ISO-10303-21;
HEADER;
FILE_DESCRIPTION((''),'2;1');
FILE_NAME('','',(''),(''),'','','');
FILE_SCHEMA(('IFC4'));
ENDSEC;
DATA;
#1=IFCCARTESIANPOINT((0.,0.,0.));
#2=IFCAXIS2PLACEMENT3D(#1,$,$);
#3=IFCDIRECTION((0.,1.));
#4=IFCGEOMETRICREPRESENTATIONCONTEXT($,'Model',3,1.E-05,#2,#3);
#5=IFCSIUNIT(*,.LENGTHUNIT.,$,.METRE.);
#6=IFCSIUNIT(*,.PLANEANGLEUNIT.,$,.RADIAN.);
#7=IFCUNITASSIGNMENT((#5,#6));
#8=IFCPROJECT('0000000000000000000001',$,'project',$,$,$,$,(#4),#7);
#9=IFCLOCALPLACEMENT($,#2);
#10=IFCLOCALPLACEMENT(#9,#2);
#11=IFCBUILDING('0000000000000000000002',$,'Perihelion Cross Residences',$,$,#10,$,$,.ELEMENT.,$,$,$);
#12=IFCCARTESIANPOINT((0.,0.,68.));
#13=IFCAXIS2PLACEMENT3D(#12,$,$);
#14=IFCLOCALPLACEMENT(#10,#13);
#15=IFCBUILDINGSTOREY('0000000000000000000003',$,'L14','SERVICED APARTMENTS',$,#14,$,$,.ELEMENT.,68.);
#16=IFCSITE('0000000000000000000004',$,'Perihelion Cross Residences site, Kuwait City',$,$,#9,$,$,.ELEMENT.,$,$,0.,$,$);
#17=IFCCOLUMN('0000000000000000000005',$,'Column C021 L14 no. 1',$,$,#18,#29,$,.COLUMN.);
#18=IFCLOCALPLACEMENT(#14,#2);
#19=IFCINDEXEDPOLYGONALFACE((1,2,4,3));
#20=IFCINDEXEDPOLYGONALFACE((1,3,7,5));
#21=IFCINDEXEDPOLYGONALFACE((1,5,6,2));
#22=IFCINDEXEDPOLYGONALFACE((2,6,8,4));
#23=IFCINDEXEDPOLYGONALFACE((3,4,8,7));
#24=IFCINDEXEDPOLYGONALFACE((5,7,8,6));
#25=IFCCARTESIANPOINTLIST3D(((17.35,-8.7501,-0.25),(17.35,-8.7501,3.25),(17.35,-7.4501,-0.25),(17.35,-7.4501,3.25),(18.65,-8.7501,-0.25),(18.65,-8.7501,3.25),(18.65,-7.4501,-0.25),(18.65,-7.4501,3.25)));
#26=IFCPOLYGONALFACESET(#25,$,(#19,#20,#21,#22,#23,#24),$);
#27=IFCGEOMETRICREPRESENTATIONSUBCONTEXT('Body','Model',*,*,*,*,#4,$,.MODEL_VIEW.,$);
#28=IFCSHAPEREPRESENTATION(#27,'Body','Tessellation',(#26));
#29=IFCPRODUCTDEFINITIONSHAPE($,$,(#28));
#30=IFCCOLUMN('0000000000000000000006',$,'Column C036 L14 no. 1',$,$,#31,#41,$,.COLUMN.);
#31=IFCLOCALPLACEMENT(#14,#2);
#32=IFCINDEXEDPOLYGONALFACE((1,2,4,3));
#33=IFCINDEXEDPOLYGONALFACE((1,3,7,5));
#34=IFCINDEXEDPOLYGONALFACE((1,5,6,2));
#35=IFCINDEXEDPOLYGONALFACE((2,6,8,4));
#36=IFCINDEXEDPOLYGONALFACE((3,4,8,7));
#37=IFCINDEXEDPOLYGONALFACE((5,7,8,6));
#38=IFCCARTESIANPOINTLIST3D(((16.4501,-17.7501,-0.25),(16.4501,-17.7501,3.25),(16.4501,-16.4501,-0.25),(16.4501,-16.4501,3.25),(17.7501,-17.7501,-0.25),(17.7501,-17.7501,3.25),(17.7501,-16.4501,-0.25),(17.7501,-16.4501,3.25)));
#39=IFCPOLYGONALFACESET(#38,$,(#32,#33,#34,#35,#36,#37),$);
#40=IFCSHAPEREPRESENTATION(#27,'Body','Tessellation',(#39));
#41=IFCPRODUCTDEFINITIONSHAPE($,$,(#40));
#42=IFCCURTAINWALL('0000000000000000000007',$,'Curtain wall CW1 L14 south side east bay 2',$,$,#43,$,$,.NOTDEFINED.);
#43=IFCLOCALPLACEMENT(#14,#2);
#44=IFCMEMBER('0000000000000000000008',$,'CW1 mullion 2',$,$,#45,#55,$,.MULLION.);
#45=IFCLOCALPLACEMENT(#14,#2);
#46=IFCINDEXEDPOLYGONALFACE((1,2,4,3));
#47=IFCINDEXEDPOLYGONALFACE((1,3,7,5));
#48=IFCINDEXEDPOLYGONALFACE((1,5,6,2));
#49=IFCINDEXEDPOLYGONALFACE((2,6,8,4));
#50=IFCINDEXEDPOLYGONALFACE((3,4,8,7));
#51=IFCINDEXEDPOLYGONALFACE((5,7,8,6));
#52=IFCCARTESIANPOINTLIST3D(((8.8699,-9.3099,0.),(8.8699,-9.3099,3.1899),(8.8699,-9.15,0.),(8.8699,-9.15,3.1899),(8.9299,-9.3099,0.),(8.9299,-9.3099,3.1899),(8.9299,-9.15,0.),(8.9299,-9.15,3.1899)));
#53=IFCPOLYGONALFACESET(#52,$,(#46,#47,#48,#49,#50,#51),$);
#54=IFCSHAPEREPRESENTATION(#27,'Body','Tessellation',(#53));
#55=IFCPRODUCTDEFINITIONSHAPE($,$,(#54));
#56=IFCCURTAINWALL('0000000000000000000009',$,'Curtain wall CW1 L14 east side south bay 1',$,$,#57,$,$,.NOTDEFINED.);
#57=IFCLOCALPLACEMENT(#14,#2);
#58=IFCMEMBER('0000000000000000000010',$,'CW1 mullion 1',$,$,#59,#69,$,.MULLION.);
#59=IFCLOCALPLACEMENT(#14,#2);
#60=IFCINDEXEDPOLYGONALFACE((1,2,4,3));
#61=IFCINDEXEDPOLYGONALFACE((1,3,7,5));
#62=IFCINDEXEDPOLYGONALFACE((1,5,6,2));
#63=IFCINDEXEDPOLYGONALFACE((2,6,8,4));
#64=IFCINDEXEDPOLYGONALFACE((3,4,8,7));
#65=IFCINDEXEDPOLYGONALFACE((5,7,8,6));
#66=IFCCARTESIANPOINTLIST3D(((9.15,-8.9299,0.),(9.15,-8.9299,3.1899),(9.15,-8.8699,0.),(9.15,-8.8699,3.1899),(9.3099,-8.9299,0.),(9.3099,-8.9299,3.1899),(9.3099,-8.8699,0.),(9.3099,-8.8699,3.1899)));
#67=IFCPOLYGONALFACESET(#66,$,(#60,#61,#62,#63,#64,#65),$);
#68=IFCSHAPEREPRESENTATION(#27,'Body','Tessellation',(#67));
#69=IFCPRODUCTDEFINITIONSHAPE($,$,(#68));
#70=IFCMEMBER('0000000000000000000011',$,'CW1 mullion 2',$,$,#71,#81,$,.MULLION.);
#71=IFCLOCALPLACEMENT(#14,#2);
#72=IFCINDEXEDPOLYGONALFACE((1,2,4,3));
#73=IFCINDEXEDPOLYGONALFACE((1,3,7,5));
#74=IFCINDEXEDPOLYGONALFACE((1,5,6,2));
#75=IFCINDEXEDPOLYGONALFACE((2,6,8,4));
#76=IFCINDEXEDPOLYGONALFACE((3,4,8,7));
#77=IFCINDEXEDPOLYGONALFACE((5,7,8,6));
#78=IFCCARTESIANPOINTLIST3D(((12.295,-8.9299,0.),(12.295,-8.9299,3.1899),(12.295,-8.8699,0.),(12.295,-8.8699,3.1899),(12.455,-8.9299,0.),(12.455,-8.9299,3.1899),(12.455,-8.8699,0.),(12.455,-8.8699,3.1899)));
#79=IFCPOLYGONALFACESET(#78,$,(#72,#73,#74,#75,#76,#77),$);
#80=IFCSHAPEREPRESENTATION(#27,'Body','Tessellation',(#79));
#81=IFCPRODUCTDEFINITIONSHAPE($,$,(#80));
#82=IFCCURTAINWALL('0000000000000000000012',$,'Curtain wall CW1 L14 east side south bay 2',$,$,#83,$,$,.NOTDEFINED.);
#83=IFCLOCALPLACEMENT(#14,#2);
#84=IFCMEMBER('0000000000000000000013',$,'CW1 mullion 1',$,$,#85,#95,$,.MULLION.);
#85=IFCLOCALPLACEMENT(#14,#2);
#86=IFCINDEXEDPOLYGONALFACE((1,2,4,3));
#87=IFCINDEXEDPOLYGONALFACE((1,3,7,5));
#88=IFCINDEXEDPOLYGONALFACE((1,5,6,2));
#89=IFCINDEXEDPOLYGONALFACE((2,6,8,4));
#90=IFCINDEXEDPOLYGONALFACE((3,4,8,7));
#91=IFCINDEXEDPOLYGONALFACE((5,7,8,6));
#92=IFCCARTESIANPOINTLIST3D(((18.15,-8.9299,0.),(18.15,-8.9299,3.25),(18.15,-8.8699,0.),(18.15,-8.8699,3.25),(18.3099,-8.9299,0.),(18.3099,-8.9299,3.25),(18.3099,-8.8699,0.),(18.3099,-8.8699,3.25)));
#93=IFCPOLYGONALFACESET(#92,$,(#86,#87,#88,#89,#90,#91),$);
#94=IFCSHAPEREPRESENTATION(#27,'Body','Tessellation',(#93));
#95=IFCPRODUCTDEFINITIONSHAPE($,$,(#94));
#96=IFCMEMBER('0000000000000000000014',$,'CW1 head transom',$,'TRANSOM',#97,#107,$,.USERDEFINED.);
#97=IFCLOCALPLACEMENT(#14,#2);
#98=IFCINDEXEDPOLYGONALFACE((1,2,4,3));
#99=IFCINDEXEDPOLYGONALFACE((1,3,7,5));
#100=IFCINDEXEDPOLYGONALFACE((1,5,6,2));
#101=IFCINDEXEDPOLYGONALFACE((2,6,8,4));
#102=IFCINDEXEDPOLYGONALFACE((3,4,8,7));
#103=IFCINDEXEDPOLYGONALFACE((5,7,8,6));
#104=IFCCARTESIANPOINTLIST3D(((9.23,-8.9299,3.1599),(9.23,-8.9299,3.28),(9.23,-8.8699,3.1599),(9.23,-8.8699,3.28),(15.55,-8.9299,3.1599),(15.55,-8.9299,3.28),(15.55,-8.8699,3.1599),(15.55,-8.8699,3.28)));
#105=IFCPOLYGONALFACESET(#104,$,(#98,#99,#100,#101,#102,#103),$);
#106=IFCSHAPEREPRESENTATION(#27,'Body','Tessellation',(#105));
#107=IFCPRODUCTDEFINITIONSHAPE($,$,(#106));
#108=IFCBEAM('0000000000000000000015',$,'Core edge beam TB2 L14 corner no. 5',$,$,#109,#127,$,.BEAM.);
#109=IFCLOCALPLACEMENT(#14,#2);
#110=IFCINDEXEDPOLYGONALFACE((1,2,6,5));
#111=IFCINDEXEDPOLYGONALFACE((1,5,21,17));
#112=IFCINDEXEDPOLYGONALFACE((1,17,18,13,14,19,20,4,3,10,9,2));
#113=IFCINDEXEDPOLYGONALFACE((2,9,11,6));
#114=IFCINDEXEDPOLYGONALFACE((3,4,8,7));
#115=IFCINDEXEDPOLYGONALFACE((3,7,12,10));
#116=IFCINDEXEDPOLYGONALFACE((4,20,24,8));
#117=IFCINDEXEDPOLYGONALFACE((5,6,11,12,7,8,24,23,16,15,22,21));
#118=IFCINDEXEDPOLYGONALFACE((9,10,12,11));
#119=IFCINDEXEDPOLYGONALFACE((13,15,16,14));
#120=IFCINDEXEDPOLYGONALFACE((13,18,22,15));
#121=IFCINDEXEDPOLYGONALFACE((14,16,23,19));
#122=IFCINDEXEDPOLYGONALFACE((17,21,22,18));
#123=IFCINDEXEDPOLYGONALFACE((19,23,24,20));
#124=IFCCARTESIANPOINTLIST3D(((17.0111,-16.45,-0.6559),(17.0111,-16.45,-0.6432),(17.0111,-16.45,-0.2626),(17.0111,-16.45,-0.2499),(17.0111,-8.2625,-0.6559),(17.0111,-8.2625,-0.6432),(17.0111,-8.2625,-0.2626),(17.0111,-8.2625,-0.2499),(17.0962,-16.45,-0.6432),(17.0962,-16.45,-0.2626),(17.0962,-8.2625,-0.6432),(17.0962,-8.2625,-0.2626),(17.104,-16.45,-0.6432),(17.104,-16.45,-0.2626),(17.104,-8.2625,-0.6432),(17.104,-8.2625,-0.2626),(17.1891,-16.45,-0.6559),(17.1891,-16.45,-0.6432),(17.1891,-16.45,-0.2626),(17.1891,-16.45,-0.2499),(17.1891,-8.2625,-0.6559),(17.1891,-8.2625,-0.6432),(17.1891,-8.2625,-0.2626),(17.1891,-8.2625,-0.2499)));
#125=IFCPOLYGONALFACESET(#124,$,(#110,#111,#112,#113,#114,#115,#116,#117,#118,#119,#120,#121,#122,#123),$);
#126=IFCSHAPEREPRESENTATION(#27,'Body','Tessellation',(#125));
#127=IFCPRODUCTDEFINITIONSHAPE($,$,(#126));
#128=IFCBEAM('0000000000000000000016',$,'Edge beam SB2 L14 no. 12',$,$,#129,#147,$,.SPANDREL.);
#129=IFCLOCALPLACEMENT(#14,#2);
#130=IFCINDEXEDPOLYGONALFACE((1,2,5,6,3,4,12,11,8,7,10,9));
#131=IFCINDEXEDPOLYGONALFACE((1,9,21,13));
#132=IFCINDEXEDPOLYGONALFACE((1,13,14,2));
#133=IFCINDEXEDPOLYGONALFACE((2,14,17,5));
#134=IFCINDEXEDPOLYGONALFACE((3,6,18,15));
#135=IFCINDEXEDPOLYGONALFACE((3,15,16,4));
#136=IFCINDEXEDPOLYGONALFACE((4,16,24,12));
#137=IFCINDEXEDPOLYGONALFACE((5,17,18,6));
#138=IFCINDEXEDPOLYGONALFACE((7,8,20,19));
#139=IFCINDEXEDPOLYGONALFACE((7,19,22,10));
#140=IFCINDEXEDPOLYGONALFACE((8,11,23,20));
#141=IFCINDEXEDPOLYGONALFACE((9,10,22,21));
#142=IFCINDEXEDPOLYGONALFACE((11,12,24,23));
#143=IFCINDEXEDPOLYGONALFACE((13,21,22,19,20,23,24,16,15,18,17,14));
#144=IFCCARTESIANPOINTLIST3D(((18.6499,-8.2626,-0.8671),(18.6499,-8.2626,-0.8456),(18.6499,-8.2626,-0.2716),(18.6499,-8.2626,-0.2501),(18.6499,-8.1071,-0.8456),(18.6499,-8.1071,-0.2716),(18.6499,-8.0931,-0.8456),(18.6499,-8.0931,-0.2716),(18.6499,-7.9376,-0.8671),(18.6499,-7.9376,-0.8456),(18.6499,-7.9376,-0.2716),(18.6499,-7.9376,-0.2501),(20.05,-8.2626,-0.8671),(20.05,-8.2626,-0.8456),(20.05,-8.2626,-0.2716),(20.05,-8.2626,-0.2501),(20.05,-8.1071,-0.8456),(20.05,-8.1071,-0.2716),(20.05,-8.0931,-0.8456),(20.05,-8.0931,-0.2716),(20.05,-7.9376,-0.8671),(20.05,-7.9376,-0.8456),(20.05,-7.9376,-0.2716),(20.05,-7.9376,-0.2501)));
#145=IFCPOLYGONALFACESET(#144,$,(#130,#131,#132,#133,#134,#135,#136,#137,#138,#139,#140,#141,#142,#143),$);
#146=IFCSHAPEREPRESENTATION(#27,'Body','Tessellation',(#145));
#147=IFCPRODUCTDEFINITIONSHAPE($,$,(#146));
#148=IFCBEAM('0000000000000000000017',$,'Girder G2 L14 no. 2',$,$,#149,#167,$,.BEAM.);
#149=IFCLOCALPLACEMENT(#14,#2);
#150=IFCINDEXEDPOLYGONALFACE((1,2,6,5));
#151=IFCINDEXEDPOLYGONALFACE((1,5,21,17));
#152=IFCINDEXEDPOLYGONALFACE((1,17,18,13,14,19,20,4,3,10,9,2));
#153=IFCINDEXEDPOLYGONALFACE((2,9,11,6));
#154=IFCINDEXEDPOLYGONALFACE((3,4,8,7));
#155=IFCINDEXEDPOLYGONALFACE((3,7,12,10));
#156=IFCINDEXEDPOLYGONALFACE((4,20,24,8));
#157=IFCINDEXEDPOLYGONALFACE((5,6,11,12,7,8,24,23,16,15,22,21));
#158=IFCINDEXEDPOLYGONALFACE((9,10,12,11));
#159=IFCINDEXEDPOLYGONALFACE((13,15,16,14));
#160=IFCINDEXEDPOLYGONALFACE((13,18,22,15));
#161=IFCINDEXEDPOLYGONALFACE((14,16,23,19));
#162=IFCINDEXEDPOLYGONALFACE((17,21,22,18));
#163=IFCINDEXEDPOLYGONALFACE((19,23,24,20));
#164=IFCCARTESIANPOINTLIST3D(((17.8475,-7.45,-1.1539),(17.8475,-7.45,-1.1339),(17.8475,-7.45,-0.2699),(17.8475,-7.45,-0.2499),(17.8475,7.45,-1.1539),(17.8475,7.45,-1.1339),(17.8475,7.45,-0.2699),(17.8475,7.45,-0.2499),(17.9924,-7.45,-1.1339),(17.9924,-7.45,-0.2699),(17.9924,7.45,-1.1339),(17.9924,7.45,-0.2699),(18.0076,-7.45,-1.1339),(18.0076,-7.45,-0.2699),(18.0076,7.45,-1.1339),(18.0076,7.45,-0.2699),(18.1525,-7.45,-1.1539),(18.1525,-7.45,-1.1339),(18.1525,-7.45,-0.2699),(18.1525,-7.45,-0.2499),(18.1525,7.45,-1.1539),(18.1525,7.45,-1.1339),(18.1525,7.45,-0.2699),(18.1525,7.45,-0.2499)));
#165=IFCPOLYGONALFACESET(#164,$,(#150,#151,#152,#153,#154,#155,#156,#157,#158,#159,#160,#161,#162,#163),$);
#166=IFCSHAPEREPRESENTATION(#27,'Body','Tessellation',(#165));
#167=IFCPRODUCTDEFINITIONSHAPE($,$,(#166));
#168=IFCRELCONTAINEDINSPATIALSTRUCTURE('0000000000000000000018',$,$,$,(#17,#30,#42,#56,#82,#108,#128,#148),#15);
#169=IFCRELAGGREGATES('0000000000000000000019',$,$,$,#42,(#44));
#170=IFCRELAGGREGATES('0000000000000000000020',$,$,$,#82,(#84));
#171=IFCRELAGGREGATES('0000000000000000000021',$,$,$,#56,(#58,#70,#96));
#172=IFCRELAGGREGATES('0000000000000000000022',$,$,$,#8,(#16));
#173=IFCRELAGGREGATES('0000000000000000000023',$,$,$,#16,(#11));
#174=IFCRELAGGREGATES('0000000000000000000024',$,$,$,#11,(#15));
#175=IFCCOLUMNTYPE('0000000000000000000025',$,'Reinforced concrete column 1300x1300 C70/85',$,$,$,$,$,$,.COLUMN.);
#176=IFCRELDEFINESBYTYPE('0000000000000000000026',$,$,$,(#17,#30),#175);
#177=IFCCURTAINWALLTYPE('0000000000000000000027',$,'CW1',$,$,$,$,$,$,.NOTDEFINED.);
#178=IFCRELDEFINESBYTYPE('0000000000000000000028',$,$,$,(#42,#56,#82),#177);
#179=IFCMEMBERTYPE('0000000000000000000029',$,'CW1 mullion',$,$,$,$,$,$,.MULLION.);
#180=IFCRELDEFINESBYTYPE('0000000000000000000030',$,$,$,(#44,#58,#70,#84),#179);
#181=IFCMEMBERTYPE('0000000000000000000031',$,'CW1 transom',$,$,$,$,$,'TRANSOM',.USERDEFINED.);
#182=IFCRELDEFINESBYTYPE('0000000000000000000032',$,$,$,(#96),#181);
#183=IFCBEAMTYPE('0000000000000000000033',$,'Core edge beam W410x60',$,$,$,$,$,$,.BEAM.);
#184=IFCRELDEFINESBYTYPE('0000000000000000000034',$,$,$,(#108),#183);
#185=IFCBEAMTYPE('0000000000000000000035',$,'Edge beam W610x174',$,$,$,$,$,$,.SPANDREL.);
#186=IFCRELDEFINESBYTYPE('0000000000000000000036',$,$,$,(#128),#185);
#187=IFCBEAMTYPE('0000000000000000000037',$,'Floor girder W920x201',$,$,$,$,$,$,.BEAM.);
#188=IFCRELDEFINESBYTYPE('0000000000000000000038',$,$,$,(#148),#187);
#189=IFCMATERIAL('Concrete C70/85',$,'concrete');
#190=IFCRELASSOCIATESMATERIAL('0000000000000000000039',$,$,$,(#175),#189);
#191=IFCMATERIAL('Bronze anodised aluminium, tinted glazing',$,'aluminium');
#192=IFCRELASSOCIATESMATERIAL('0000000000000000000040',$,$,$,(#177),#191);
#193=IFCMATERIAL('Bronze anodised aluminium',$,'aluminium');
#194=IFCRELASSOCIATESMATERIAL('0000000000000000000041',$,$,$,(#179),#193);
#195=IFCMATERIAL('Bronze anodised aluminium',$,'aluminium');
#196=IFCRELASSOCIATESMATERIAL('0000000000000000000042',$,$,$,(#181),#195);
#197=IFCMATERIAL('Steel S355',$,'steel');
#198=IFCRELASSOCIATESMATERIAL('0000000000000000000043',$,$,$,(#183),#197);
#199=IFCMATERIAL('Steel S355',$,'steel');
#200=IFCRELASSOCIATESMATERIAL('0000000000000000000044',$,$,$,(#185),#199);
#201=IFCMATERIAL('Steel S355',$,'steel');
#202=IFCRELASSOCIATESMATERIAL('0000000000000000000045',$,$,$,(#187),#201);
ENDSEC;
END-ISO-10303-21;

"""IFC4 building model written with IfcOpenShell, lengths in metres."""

from ifc_helpers import new_model, si_unit, direction, frame, origin, origin_2d, place, context, subcontext, project, spatial, rectangle, i_section, extrude, material, material_profile, profile_set, type_object, element, aggregate, save


model = new_model("IFC4")

# Units and contexts
model_context = context("Model", 3, precision=1e-05, world=origin(), true_north=direction((0.0, 1.0)))
body_context = subcontext(model_context, "Body", "Model", "MODEL_VIEW")
ifc_project = project(units=[si_unit("LENGTHUNIT", "METRE"), si_unit("PLANEANGLEUNIT", "RADIAN")], contexts=[model_context])

# Site, building, storey
site_placement = place(None, origin())
site = spatial("IfcSite", under=ifc_project, at=site_placement, Name="Perihelion Cross Residences site, Kuwait City", CompositionType="ELEMENT", RefElevation=0.0)
building_placement = place(site_placement, origin())
building = spatial("IfcBuilding", under=site, at=building_placement, Name="Perihelion Cross Residences", CompositionType="ELEMENT")
storey_placement = place(building_placement, frame((0.0, 0.0, 68.0)))
storey = spatial("IfcBuildingStorey", under=building, at=storey_placement, Name="L14", Description="SERVICED APARTMENTS", CompositionType="ELEMENT", Elevation=68.0)

# Columns
ifc_material_1 = material(Name="Concrete C70/85", Category="concrete")
ifc_material_profile_1 = material_profile(ifc_material_1, rectangle(XDim=1.3, YDim=1.3, at=origin_2d()), Name="RC 1300x1300")
ifc_profile_set_1 = profile_set([ifc_material_profile_1], Name="Concrete C70/85")
column_type = type_object("IfcColumnType", Name="Reinforced concrete column 1300x1300 C70/85", PredefinedType="COLUMN", material=ifc_profile_set_1)
for number, where, z_axis, x_axis, name in (
    (1, (18.0, -8.1001, -0.25), (0.0, 0.0, 1.0), (1.0, 0.0, 0.0), "Column C021 L14 no. 1"),
    (2, (17.1001, -17.1001, -0.25), (0.0, 0.0, 1.0), (1.0, 0.0, 0.0), "Column C036 L14 no. 1"),
):
    element("IfcColumn", number, at=place(storey_placement, frame(where, z_axis=z_axis, x_axis=x_axis)), inside=storey, type_object=column_type, Name=name, PredefinedType="COLUMN", context=body_context, shape_type="SweptSolid", body=[
        extrude(rectangle(XDim=1.3, YDim=1.3, at=origin_2d()), origin(), (0.0, 0.0, 1.0), 3.5),
    ])

# Curtain wall, member
ifc_material_2 = material(Name="Bronze anodised aluminium, tinted glazing", Category="aluminium")
curtain_wall_type = type_object("IfcCurtainWallType", Name="CW1", PredefinedType="NOTDEFINED", material=ifc_material_2)
curtain_wall_1_placement = place(storey_placement, origin())
curtain_wall_1 = element("IfcCurtainWall", 3, at=curtain_wall_1_placement, inside=storey, type_object=curtain_wall_type, Name="Curtain wall CW1 L14 south side east bay 2", PredefinedType="NOTDEFINED")
ifc_material_3 = material(Name="Bronze anodised aluminium", Category="aluminium")
ifc_material_profile_2 = material_profile(ifc_material_3, rectangle(XDim=0.0601, YDim=0.1599, at=origin_2d()), Name="CW1 mullion")
ifc_profile_set_2 = profile_set([ifc_material_profile_2], Name="Bronze anodised aluminium")
member_type_1 = type_object("IfcMemberType", Name="CW1 mullion", PredefinedType="MULLION", material=ifc_profile_set_2)
member_1_placement = place(storey_placement, frame((8.8999, -9.23, 0.0), z_axis=(0.0, 0.0, 1.0), x_axis=(-1.0, 0.0, 0.0)))
member_1 = element("IfcMember", 4, at=member_1_placement, type_object=member_type_1, Name="CW1 mullion 2", PredefinedType="MULLION", context=body_context, shape_type="SweptSolid", body=[
    extrude(rectangle(XDim=0.0601, YDim=0.1599, at=origin_2d()), origin(), (0.0, 0.0, 1.0), 3.1899),
])
aggregate(curtain_wall_1, [member_1])

# Curtain wall, members
curtain_wall_2_placement = place(storey_placement, origin())
curtain_wall_2 = element("IfcCurtainWall", 5, at=curtain_wall_2_placement, inside=storey, type_object=curtain_wall_type, Name="Curtain wall CW1 L14 east side south bay 1", PredefinedType="NOTDEFINED")
member_2_placement = place(storey_placement, frame((9.23, -8.8999, 0.0), z_axis=(0.0, 0.0, 1.0), x_axis=(0.0, 1.0, 0.0)))
member_2 = element("IfcMember", 6, at=member_2_placement, type_object=member_type_1, Name="CW1 mullion 1", PredefinedType="MULLION", context=body_context, shape_type="SweptSolid", body=[
    extrude(rectangle(XDim=0.0601, YDim=0.1599, at=origin_2d()), origin(), (0.0, 0.0, 1.0), 3.1899),
])
member_3_placement = place(storey_placement, frame((12.375, -8.8999, 0.0), z_axis=(0.0, 0.0, 1.0), x_axis=(0.0, 1.0, 0.0)))
member_3 = element("IfcMember", 7, at=member_3_placement, type_object=member_type_1, Name="CW1 mullion 2", PredefinedType="MULLION", context=body_context, shape_type="SweptSolid", body=[
    extrude(rectangle(XDim=0.0601, YDim=0.1599, at=origin_2d()), origin(), (0.0, 0.0, 1.0), 3.1899),
])

# Curtain wall, member
curtain_wall_3_placement = place(storey_placement, origin())
curtain_wall_3 = element("IfcCurtainWall", 8, at=curtain_wall_3_placement, inside=storey, type_object=curtain_wall_type, Name="Curtain wall CW1 L14 east side south bay 2", PredefinedType="NOTDEFINED")
member_4_placement = place(storey_placement, frame((18.23, -8.8999, 0.0), z_axis=(0.0, 0.0, 1.0), x_axis=(0.0, 1.0, 0.0)))
member_4 = element("IfcMember", 9, at=member_4_placement, type_object=member_type_1, Name="CW1 mullion 1", PredefinedType="MULLION", context=body_context, shape_type="SweptSolid", body=[
    extrude(rectangle(XDim=0.0601, YDim=0.1599, at=origin_2d()), origin(), (0.0, 0.0, 1.0), 3.25),
])
aggregate(curtain_wall_3, [member_4])

# Member
ifc_material_4 = material(Name="Bronze anodised aluminium", Category="aluminium")
ifc_material_profile_3 = material_profile(ifc_material_4, rectangle(XDim=0.0601, YDim=0.1201, at=origin_2d()), Name="CW1 transom")
ifc_profile_set_3 = profile_set([ifc_material_profile_3], Name="Bronze anodised aluminium")
member_type_2 = type_object("IfcMemberType", Name="CW1 transom", ElementType="TRANSOM", PredefinedType="USERDEFINED", material=ifc_profile_set_3)
member_5_placement = place(storey_placement, frame((9.23, -8.8999, 3.22), z_axis=(1.0, 0.0, 0.0), x_axis=(0.0, 1.0, 0.0)))
member_5 = element("IfcMember", 10, at=member_5_placement, type_object=member_type_2, Name="CW1 head transom", ObjectType="TRANSOM", PredefinedType="USERDEFINED", context=body_context, shape_type="SweptSolid", body=[
    extrude(rectangle(XDim=0.0601, YDim=0.1201, at=origin_2d()), origin(), (0.0, 0.0, 1.0), 6.3201),
])

# Beams
ifc_material_5 = material(Name="Steel S355", Category="steel")
ifc_material_profile_4 = material_profile(ifc_material_5, i_section(OverallWidth=0.178, OverallDepth=0.406, WebThickness=0.0078, FlangeThickness=0.0127, at=origin_2d()), Name="W410x60")
ifc_profile_set_4 = profile_set([ifc_material_profile_4], Name="Steel S355")
beam_type_1 = type_object("IfcBeamType", Name="Core edge beam W410x60", PredefinedType="BEAM", material=ifc_profile_set_4)
beam_1_placement = place(storey_placement, frame((17.1001, -8.2625, -0.4529), z_axis=(0.0, -1.0, 0.0), x_axis=(1.0, 0.0, 0.0)))
element("IfcBeam", 11, at=beam_1_placement, inside=storey, type_object=beam_type_1, Name="Core edge beam TB2 L14 corner no. 5", PredefinedType="BEAM", context=body_context, shape_type="SweptSolid", body=[
    extrude(i_section(OverallWidth=0.178, OverallDepth=0.406, WebThickness=0.0078, FlangeThickness=0.0127, at=origin_2d()), origin(), (0.0, 0.0, 1.0), 8.1875),
])
ifc_material_6 = material(Name="Steel S355", Category="steel")
ifc_material_profile_5 = material_profile(ifc_material_6, i_section(OverallWidth=0.325, OverallDepth=0.6169, WebThickness=0.0139, FlangeThickness=0.0215, at=origin_2d()), Name="W610x174")
ifc_profile_set_5 = profile_set([ifc_material_profile_5], Name="Steel S355")
beam_type_2 = type_object("IfcBeamType", Name="Edge beam W610x174", PredefinedType="SPANDREL", material=ifc_profile_set_5)
beam_2_placement = place(storey_placement, frame((18.6499, -8.1001, -0.5586), z_axis=(1.0, 0.0, 0.0), x_axis=(0.0, 1.0, 0.0)))
element("IfcBeam", 12, at=beam_2_placement, inside=storey, type_object=beam_type_2, Name="Edge beam SB2 L14 no. 12", PredefinedType="SPANDREL", context=body_context, shape_type="SweptSolid", body=[
    extrude(i_section(OverallWidth=0.325, OverallDepth=0.6169, WebThickness=0.0139, FlangeThickness=0.0215, at=origin_2d()), origin(), (0.0, 0.0, 1.0), 1.4001),
])
ifc_material_7 = material(Name="Steel S355", Category="steel")
ifc_material_profile_6 = material_profile(ifc_material_7, i_section(OverallWidth=0.3049, OverallDepth=0.9041, WebThickness=0.0151, FlangeThickness=0.02, at=origin_2d()), Name="W920x201")
ifc_profile_set_6 = profile_set([ifc_material_profile_6], Name="Steel S355")
beam_type_3 = type_object("IfcBeamType", Name="Floor girder W920x201", PredefinedType="BEAM", material=ifc_profile_set_6)
beam_3_placement = place(storey_placement, frame((18.0, -7.45, -0.7019), z_axis=(0.0, 1.0, 0.0), x_axis=(-1.0, 0.0, 0.0)))
element("IfcBeam", 13, at=beam_3_placement, inside=storey, type_object=beam_type_3, Name="Girder G2 L14 no. 2", PredefinedType="BEAM", context=body_context, shape_type="SweptSolid", body=[
    extrude(i_section(OverallWidth=0.3049, OverallDepth=0.9041, WebThickness=0.0151, FlangeThickness=0.02, at=origin_2d()), origin(), (0.0, 0.0, 1.0), 14.8999),
])

aggregate(curtain_wall_2, [member_2, member_3, member_5])

save(model, "model.ifc")
